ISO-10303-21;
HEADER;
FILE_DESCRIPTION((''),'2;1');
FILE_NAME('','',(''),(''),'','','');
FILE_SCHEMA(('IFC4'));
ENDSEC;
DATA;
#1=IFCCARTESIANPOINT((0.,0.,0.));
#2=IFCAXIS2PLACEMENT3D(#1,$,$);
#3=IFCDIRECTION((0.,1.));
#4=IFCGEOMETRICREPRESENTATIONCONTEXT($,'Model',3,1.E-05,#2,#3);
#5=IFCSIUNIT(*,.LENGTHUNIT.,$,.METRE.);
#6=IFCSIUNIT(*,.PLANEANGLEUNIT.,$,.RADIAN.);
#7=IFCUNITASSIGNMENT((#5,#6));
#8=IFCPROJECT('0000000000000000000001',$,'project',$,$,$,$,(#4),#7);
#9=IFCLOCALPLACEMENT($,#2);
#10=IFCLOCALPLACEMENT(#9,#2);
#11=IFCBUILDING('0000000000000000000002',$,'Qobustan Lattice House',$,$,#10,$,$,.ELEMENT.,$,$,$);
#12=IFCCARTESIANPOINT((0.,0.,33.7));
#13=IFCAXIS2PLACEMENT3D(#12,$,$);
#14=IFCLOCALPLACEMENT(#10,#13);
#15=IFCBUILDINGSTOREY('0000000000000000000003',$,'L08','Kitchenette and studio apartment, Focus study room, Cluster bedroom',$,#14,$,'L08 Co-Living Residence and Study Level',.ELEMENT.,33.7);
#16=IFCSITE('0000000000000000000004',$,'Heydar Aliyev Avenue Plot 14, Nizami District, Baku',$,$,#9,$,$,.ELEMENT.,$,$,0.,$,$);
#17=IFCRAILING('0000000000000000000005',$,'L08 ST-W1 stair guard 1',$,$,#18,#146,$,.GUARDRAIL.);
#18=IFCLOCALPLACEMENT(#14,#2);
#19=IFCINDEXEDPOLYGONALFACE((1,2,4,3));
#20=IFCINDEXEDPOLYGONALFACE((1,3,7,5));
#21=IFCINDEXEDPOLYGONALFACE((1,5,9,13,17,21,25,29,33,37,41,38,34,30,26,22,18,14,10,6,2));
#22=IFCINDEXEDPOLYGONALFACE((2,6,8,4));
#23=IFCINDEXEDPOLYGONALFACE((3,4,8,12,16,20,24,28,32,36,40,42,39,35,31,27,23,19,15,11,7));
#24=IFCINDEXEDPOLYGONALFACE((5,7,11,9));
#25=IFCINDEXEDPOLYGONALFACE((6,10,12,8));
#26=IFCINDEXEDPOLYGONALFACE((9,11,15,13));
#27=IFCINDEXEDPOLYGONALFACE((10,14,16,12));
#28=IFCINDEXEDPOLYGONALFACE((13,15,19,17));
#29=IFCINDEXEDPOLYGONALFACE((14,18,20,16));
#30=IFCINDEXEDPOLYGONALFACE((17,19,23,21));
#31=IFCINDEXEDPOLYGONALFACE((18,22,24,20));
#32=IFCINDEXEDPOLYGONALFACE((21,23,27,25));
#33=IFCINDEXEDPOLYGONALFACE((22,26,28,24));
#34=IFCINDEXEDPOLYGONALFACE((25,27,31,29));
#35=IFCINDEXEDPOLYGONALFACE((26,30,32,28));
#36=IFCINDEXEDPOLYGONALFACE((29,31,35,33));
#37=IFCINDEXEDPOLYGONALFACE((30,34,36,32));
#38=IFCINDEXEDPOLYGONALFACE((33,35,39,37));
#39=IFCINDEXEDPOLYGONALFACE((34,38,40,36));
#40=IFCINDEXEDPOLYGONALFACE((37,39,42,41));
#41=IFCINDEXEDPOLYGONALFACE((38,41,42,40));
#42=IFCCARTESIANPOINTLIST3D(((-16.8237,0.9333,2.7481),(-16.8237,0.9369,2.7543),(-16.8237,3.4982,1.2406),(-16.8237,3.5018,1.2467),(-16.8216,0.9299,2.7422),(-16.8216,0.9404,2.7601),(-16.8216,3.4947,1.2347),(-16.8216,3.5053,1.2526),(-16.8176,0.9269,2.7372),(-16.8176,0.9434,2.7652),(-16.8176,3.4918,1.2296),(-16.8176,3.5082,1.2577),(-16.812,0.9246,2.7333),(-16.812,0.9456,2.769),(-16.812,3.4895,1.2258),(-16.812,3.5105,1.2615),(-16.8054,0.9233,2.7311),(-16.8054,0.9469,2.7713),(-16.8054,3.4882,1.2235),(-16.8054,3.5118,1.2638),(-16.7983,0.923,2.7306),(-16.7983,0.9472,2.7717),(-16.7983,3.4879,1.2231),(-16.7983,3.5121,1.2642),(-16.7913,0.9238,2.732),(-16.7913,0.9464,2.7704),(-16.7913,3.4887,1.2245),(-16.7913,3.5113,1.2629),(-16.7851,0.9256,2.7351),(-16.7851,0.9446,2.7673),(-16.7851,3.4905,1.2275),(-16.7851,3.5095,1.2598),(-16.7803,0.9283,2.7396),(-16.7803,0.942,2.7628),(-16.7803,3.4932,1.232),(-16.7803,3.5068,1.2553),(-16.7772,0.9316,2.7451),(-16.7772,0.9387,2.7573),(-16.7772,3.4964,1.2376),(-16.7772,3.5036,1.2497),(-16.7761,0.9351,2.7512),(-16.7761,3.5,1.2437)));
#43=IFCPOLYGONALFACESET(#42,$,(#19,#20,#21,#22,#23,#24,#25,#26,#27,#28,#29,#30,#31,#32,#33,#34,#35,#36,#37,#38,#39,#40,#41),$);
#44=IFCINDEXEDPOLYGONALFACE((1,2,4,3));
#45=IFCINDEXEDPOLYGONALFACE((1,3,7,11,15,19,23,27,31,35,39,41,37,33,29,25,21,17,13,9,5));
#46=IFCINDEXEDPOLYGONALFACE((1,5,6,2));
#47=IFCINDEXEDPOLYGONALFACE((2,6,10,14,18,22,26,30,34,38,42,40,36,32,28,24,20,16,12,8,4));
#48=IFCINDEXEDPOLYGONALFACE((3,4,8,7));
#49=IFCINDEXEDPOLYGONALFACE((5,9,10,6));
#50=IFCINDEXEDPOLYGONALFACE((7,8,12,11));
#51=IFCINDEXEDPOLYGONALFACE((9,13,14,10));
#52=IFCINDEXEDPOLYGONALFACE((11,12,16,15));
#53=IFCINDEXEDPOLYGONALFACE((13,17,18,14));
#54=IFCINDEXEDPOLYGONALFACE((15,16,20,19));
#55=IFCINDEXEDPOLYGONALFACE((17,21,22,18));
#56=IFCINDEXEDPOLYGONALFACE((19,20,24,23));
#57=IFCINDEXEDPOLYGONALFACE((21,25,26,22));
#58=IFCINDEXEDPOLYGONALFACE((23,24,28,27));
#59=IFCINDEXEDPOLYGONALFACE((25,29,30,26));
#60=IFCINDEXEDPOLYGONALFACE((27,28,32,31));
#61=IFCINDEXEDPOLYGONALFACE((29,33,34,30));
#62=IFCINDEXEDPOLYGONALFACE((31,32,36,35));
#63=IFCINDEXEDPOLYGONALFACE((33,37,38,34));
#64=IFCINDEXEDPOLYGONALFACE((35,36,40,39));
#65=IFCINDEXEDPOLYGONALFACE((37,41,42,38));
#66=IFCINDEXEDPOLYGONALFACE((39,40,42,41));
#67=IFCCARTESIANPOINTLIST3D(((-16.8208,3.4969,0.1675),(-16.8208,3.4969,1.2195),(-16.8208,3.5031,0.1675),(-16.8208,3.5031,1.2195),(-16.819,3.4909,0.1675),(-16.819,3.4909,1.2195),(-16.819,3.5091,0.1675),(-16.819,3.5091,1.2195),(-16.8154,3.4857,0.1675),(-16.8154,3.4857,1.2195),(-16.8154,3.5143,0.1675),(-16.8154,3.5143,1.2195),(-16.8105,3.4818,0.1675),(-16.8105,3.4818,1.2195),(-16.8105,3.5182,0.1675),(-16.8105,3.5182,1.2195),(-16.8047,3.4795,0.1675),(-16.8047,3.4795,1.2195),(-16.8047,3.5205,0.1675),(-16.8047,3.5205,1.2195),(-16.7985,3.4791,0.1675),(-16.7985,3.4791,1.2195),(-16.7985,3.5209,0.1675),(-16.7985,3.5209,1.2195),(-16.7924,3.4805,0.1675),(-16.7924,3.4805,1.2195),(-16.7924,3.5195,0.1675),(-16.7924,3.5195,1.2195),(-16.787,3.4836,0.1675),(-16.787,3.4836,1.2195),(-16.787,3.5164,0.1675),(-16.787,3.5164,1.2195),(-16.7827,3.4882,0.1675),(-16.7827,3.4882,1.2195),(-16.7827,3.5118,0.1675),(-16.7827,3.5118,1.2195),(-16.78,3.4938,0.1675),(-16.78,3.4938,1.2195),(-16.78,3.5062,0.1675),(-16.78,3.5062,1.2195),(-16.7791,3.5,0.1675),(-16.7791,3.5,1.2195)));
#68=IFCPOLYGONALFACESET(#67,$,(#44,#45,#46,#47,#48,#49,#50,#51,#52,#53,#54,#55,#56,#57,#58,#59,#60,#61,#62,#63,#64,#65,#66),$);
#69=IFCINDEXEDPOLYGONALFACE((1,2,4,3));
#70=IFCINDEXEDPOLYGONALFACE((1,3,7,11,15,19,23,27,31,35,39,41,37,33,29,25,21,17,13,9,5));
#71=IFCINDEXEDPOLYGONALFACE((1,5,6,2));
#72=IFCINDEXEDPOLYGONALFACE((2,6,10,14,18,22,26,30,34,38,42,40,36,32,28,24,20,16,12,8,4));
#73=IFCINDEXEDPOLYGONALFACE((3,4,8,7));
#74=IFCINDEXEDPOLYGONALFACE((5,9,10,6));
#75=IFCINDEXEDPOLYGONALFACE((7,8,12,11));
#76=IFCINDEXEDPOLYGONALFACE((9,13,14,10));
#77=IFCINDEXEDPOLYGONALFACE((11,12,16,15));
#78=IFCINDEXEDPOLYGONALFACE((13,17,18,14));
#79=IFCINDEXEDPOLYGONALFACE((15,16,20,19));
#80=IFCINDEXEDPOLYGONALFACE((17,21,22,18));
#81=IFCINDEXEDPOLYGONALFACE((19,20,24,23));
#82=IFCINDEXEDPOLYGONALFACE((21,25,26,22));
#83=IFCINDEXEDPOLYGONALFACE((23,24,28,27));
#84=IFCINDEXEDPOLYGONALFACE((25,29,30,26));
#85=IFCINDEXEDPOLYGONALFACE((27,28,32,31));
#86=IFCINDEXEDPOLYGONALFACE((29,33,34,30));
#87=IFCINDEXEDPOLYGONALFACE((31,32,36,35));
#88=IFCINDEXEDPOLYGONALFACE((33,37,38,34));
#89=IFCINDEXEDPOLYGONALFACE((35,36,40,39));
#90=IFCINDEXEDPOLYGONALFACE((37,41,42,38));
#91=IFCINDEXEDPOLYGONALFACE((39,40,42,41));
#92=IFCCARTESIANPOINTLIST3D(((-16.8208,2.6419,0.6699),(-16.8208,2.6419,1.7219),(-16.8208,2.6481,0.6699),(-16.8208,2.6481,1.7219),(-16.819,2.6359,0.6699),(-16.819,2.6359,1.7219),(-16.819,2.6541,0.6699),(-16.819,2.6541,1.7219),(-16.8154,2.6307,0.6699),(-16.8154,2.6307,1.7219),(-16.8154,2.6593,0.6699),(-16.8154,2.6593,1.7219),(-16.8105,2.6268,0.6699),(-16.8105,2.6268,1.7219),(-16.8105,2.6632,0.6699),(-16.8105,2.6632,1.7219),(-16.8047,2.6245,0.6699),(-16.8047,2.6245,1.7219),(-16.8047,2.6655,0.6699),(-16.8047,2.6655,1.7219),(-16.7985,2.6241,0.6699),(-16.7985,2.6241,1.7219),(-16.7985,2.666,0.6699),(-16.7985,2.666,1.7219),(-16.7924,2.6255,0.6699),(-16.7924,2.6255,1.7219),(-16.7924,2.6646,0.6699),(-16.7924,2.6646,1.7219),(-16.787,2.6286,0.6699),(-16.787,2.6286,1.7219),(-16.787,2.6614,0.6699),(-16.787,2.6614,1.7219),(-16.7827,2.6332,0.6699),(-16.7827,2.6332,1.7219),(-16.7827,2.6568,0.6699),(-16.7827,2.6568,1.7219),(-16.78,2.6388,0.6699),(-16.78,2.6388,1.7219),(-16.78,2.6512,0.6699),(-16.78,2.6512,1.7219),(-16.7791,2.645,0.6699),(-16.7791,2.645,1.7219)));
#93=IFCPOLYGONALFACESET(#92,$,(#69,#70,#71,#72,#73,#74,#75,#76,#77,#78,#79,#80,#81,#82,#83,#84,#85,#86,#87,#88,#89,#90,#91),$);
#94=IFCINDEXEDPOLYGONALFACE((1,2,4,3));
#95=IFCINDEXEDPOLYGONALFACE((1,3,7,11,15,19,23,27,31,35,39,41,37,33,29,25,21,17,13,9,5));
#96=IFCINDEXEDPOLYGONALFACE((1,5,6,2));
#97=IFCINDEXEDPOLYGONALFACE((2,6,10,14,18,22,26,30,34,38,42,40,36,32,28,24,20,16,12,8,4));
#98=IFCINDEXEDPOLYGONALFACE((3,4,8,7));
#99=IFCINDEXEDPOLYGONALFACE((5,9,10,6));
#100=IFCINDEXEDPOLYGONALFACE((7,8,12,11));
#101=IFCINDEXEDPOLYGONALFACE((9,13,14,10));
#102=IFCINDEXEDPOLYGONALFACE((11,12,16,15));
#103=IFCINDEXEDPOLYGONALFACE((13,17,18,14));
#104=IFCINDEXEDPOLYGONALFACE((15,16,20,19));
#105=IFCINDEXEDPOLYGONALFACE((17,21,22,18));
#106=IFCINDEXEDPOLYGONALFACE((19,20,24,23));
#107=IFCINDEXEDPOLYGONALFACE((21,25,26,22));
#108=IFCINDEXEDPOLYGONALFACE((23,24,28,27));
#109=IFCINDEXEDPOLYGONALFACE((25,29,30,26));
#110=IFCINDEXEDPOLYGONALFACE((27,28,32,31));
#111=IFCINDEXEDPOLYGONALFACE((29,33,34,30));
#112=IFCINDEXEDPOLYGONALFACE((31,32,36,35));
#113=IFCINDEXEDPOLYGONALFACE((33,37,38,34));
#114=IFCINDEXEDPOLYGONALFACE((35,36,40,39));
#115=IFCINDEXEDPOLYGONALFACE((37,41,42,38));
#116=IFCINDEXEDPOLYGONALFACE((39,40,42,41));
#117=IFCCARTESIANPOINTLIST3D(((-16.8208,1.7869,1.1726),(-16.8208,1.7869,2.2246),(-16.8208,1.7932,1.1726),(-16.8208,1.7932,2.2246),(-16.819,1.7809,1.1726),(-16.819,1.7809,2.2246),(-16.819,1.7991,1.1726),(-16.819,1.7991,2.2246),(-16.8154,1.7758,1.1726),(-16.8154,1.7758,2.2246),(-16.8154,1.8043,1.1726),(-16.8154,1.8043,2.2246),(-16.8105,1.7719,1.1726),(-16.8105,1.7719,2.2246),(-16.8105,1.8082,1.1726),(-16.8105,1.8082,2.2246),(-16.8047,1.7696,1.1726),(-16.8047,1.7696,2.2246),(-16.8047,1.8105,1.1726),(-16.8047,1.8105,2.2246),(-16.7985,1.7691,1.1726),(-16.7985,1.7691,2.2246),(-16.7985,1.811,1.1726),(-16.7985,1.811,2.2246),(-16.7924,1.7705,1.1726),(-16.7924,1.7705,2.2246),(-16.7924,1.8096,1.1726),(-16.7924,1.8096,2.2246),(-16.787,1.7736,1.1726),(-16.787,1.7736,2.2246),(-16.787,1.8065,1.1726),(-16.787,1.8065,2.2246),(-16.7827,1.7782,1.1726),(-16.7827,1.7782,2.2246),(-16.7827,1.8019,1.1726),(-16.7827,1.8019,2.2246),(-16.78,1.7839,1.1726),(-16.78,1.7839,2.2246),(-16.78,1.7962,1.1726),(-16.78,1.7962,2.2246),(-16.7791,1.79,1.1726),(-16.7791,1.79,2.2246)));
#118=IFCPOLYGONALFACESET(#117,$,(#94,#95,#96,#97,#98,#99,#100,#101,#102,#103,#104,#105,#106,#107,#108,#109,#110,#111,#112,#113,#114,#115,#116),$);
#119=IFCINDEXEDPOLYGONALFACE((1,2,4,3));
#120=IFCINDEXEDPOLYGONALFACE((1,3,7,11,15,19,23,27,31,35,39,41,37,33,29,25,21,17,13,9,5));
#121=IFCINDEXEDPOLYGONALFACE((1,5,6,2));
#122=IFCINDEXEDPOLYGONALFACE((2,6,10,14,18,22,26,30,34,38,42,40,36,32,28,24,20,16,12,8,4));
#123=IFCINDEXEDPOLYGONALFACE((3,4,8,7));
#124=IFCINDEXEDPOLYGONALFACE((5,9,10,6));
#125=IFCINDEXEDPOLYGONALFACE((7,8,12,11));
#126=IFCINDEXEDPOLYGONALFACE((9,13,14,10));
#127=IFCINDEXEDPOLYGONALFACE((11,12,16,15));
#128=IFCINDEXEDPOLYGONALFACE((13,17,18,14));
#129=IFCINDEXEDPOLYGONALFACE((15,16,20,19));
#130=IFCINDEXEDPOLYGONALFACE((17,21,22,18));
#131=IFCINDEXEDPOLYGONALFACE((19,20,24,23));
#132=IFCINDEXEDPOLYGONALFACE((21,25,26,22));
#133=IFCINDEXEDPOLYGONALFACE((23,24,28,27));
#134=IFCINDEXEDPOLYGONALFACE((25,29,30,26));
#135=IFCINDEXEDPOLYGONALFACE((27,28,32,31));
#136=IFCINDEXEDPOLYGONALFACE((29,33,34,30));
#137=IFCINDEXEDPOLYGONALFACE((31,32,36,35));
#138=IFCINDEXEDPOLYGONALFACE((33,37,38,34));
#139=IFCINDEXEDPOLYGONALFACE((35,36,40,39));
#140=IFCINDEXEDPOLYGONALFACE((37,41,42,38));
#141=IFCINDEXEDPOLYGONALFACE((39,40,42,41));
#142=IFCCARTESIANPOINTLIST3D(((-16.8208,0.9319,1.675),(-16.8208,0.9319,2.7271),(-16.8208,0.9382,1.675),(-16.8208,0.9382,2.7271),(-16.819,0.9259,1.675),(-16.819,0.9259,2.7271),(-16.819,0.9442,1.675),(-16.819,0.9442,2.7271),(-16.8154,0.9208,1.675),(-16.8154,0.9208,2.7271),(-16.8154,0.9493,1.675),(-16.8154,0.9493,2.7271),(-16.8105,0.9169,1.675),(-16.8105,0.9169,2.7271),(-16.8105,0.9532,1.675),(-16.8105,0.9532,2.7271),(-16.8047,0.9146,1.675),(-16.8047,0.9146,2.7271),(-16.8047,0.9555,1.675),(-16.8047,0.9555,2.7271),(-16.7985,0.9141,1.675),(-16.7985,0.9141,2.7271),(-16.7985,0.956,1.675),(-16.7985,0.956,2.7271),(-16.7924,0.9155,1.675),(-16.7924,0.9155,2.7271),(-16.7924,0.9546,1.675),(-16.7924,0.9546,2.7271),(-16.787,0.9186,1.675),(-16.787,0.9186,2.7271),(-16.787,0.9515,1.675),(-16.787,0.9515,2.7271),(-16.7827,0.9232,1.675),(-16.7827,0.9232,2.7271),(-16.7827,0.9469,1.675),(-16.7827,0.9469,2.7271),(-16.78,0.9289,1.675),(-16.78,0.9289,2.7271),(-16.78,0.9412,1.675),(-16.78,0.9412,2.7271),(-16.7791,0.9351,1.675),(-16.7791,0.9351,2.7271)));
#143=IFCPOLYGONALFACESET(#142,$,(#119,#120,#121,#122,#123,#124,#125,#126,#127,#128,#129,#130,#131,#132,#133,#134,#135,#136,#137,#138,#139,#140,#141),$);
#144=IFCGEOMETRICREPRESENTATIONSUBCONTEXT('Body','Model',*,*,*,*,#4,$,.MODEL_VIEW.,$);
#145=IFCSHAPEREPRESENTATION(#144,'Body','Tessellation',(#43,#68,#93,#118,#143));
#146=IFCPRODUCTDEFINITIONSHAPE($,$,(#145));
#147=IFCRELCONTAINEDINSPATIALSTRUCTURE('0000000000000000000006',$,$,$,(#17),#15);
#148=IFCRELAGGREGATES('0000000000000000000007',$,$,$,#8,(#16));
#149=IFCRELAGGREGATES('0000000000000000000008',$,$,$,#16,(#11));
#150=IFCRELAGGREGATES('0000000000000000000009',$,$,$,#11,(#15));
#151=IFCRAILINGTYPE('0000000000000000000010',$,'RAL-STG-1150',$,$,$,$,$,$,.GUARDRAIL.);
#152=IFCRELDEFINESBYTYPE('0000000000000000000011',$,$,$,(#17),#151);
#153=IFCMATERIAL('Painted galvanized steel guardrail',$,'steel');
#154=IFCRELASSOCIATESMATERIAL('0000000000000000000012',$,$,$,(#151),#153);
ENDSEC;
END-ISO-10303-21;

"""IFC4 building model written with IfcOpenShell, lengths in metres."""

from ifc_helpers import new_model, si_unit, direction, frame, origin, origin_2d, place, context, subcontext, project, spatial, circle, extrude, material, type_object, element, save


model = new_model("IFC4")

# Units and contexts
model_context = context("Model", 3, precision=1e-05, world=origin(), true_north=direction((0.0, 1.0)))
body_context = subcontext(model_context, "Body", "Model", "MODEL_VIEW")
ifc_project = project(units=[si_unit("LENGTHUNIT", "METRE"), si_unit("PLANEANGLEUNIT", "RADIAN")], contexts=[model_context])

# Site, building, storey
site_placement = place(None, origin())
site = spatial("IfcSite", under=ifc_project, at=site_placement, Name="Heydar Aliyev Avenue Plot 14, Nizami District, Baku", CompositionType="ELEMENT", RefElevation=0.0)
building_placement = place(site_placement, origin())
building = spatial("IfcBuilding", under=site, at=building_placement, Name="Qobustan Lattice House", CompositionType="ELEMENT")
storey_placement = place(building_placement, frame((0.0, 0.0, 33.7)))
storey = spatial("IfcBuildingStorey", under=building, at=storey_placement, Name="L08", Description="Kitchenette and studio apartment, Focus study room, Cluster bedroom", LongName="L08 Co-Living Residence and Study Level", CompositionType="ELEMENT", Elevation=33.7)

# Railing
ifc_material_1 = material(Name="Painted galvanized steel guardrail", Category="steel")
railing_type_1 = type_object("IfcRailingType", Name="RAL-STG-1150", PredefinedType="GUARDRAIL", material=ifc_material_1)
railing_1_placement = place(storey_placement, frame((-16.8, 3.5, 0.1675)))
element("IfcRailing", 1, at=railing_1_placement, inside=storey, type_object=railing_type_1, Name="L08 ST-W1 stair guard 1", PredefinedType="GUARDRAIL", context=body_context, shape_type="SweptSolid", body=[
    extrude(circle(Radius=0.0239, at=origin_2d()), frame((0.0, 0.0, 1.0762), z_axis=(0.0, -0.862113, 0.506715), x_axis=(1.0, 0.0, 0.0)), (0.0, 0.0, 1.0), 2.9751),
    extrude(circle(Radius=0.021, at=origin_2d()), origin(), (0.0, 0.0, 1.0), 1.052),
    extrude(circle(Radius=0.021, at=origin_2d()), frame((0.0, -0.855, 0.5024)), (0.0, 0.0, 1.0), 1.052),
    extrude(circle(Radius=0.021, at=origin_2d()), frame((0.0, -1.71, 1.0051)), (0.0, 0.0, 1.0), 1.052),
    extrude(circle(Radius=0.021, at=origin_2d()), frame((0.0, -2.5649, 1.5076)), (0.0, 0.0, 1.0), 1.052),
])

save(model, "model.ifc")
